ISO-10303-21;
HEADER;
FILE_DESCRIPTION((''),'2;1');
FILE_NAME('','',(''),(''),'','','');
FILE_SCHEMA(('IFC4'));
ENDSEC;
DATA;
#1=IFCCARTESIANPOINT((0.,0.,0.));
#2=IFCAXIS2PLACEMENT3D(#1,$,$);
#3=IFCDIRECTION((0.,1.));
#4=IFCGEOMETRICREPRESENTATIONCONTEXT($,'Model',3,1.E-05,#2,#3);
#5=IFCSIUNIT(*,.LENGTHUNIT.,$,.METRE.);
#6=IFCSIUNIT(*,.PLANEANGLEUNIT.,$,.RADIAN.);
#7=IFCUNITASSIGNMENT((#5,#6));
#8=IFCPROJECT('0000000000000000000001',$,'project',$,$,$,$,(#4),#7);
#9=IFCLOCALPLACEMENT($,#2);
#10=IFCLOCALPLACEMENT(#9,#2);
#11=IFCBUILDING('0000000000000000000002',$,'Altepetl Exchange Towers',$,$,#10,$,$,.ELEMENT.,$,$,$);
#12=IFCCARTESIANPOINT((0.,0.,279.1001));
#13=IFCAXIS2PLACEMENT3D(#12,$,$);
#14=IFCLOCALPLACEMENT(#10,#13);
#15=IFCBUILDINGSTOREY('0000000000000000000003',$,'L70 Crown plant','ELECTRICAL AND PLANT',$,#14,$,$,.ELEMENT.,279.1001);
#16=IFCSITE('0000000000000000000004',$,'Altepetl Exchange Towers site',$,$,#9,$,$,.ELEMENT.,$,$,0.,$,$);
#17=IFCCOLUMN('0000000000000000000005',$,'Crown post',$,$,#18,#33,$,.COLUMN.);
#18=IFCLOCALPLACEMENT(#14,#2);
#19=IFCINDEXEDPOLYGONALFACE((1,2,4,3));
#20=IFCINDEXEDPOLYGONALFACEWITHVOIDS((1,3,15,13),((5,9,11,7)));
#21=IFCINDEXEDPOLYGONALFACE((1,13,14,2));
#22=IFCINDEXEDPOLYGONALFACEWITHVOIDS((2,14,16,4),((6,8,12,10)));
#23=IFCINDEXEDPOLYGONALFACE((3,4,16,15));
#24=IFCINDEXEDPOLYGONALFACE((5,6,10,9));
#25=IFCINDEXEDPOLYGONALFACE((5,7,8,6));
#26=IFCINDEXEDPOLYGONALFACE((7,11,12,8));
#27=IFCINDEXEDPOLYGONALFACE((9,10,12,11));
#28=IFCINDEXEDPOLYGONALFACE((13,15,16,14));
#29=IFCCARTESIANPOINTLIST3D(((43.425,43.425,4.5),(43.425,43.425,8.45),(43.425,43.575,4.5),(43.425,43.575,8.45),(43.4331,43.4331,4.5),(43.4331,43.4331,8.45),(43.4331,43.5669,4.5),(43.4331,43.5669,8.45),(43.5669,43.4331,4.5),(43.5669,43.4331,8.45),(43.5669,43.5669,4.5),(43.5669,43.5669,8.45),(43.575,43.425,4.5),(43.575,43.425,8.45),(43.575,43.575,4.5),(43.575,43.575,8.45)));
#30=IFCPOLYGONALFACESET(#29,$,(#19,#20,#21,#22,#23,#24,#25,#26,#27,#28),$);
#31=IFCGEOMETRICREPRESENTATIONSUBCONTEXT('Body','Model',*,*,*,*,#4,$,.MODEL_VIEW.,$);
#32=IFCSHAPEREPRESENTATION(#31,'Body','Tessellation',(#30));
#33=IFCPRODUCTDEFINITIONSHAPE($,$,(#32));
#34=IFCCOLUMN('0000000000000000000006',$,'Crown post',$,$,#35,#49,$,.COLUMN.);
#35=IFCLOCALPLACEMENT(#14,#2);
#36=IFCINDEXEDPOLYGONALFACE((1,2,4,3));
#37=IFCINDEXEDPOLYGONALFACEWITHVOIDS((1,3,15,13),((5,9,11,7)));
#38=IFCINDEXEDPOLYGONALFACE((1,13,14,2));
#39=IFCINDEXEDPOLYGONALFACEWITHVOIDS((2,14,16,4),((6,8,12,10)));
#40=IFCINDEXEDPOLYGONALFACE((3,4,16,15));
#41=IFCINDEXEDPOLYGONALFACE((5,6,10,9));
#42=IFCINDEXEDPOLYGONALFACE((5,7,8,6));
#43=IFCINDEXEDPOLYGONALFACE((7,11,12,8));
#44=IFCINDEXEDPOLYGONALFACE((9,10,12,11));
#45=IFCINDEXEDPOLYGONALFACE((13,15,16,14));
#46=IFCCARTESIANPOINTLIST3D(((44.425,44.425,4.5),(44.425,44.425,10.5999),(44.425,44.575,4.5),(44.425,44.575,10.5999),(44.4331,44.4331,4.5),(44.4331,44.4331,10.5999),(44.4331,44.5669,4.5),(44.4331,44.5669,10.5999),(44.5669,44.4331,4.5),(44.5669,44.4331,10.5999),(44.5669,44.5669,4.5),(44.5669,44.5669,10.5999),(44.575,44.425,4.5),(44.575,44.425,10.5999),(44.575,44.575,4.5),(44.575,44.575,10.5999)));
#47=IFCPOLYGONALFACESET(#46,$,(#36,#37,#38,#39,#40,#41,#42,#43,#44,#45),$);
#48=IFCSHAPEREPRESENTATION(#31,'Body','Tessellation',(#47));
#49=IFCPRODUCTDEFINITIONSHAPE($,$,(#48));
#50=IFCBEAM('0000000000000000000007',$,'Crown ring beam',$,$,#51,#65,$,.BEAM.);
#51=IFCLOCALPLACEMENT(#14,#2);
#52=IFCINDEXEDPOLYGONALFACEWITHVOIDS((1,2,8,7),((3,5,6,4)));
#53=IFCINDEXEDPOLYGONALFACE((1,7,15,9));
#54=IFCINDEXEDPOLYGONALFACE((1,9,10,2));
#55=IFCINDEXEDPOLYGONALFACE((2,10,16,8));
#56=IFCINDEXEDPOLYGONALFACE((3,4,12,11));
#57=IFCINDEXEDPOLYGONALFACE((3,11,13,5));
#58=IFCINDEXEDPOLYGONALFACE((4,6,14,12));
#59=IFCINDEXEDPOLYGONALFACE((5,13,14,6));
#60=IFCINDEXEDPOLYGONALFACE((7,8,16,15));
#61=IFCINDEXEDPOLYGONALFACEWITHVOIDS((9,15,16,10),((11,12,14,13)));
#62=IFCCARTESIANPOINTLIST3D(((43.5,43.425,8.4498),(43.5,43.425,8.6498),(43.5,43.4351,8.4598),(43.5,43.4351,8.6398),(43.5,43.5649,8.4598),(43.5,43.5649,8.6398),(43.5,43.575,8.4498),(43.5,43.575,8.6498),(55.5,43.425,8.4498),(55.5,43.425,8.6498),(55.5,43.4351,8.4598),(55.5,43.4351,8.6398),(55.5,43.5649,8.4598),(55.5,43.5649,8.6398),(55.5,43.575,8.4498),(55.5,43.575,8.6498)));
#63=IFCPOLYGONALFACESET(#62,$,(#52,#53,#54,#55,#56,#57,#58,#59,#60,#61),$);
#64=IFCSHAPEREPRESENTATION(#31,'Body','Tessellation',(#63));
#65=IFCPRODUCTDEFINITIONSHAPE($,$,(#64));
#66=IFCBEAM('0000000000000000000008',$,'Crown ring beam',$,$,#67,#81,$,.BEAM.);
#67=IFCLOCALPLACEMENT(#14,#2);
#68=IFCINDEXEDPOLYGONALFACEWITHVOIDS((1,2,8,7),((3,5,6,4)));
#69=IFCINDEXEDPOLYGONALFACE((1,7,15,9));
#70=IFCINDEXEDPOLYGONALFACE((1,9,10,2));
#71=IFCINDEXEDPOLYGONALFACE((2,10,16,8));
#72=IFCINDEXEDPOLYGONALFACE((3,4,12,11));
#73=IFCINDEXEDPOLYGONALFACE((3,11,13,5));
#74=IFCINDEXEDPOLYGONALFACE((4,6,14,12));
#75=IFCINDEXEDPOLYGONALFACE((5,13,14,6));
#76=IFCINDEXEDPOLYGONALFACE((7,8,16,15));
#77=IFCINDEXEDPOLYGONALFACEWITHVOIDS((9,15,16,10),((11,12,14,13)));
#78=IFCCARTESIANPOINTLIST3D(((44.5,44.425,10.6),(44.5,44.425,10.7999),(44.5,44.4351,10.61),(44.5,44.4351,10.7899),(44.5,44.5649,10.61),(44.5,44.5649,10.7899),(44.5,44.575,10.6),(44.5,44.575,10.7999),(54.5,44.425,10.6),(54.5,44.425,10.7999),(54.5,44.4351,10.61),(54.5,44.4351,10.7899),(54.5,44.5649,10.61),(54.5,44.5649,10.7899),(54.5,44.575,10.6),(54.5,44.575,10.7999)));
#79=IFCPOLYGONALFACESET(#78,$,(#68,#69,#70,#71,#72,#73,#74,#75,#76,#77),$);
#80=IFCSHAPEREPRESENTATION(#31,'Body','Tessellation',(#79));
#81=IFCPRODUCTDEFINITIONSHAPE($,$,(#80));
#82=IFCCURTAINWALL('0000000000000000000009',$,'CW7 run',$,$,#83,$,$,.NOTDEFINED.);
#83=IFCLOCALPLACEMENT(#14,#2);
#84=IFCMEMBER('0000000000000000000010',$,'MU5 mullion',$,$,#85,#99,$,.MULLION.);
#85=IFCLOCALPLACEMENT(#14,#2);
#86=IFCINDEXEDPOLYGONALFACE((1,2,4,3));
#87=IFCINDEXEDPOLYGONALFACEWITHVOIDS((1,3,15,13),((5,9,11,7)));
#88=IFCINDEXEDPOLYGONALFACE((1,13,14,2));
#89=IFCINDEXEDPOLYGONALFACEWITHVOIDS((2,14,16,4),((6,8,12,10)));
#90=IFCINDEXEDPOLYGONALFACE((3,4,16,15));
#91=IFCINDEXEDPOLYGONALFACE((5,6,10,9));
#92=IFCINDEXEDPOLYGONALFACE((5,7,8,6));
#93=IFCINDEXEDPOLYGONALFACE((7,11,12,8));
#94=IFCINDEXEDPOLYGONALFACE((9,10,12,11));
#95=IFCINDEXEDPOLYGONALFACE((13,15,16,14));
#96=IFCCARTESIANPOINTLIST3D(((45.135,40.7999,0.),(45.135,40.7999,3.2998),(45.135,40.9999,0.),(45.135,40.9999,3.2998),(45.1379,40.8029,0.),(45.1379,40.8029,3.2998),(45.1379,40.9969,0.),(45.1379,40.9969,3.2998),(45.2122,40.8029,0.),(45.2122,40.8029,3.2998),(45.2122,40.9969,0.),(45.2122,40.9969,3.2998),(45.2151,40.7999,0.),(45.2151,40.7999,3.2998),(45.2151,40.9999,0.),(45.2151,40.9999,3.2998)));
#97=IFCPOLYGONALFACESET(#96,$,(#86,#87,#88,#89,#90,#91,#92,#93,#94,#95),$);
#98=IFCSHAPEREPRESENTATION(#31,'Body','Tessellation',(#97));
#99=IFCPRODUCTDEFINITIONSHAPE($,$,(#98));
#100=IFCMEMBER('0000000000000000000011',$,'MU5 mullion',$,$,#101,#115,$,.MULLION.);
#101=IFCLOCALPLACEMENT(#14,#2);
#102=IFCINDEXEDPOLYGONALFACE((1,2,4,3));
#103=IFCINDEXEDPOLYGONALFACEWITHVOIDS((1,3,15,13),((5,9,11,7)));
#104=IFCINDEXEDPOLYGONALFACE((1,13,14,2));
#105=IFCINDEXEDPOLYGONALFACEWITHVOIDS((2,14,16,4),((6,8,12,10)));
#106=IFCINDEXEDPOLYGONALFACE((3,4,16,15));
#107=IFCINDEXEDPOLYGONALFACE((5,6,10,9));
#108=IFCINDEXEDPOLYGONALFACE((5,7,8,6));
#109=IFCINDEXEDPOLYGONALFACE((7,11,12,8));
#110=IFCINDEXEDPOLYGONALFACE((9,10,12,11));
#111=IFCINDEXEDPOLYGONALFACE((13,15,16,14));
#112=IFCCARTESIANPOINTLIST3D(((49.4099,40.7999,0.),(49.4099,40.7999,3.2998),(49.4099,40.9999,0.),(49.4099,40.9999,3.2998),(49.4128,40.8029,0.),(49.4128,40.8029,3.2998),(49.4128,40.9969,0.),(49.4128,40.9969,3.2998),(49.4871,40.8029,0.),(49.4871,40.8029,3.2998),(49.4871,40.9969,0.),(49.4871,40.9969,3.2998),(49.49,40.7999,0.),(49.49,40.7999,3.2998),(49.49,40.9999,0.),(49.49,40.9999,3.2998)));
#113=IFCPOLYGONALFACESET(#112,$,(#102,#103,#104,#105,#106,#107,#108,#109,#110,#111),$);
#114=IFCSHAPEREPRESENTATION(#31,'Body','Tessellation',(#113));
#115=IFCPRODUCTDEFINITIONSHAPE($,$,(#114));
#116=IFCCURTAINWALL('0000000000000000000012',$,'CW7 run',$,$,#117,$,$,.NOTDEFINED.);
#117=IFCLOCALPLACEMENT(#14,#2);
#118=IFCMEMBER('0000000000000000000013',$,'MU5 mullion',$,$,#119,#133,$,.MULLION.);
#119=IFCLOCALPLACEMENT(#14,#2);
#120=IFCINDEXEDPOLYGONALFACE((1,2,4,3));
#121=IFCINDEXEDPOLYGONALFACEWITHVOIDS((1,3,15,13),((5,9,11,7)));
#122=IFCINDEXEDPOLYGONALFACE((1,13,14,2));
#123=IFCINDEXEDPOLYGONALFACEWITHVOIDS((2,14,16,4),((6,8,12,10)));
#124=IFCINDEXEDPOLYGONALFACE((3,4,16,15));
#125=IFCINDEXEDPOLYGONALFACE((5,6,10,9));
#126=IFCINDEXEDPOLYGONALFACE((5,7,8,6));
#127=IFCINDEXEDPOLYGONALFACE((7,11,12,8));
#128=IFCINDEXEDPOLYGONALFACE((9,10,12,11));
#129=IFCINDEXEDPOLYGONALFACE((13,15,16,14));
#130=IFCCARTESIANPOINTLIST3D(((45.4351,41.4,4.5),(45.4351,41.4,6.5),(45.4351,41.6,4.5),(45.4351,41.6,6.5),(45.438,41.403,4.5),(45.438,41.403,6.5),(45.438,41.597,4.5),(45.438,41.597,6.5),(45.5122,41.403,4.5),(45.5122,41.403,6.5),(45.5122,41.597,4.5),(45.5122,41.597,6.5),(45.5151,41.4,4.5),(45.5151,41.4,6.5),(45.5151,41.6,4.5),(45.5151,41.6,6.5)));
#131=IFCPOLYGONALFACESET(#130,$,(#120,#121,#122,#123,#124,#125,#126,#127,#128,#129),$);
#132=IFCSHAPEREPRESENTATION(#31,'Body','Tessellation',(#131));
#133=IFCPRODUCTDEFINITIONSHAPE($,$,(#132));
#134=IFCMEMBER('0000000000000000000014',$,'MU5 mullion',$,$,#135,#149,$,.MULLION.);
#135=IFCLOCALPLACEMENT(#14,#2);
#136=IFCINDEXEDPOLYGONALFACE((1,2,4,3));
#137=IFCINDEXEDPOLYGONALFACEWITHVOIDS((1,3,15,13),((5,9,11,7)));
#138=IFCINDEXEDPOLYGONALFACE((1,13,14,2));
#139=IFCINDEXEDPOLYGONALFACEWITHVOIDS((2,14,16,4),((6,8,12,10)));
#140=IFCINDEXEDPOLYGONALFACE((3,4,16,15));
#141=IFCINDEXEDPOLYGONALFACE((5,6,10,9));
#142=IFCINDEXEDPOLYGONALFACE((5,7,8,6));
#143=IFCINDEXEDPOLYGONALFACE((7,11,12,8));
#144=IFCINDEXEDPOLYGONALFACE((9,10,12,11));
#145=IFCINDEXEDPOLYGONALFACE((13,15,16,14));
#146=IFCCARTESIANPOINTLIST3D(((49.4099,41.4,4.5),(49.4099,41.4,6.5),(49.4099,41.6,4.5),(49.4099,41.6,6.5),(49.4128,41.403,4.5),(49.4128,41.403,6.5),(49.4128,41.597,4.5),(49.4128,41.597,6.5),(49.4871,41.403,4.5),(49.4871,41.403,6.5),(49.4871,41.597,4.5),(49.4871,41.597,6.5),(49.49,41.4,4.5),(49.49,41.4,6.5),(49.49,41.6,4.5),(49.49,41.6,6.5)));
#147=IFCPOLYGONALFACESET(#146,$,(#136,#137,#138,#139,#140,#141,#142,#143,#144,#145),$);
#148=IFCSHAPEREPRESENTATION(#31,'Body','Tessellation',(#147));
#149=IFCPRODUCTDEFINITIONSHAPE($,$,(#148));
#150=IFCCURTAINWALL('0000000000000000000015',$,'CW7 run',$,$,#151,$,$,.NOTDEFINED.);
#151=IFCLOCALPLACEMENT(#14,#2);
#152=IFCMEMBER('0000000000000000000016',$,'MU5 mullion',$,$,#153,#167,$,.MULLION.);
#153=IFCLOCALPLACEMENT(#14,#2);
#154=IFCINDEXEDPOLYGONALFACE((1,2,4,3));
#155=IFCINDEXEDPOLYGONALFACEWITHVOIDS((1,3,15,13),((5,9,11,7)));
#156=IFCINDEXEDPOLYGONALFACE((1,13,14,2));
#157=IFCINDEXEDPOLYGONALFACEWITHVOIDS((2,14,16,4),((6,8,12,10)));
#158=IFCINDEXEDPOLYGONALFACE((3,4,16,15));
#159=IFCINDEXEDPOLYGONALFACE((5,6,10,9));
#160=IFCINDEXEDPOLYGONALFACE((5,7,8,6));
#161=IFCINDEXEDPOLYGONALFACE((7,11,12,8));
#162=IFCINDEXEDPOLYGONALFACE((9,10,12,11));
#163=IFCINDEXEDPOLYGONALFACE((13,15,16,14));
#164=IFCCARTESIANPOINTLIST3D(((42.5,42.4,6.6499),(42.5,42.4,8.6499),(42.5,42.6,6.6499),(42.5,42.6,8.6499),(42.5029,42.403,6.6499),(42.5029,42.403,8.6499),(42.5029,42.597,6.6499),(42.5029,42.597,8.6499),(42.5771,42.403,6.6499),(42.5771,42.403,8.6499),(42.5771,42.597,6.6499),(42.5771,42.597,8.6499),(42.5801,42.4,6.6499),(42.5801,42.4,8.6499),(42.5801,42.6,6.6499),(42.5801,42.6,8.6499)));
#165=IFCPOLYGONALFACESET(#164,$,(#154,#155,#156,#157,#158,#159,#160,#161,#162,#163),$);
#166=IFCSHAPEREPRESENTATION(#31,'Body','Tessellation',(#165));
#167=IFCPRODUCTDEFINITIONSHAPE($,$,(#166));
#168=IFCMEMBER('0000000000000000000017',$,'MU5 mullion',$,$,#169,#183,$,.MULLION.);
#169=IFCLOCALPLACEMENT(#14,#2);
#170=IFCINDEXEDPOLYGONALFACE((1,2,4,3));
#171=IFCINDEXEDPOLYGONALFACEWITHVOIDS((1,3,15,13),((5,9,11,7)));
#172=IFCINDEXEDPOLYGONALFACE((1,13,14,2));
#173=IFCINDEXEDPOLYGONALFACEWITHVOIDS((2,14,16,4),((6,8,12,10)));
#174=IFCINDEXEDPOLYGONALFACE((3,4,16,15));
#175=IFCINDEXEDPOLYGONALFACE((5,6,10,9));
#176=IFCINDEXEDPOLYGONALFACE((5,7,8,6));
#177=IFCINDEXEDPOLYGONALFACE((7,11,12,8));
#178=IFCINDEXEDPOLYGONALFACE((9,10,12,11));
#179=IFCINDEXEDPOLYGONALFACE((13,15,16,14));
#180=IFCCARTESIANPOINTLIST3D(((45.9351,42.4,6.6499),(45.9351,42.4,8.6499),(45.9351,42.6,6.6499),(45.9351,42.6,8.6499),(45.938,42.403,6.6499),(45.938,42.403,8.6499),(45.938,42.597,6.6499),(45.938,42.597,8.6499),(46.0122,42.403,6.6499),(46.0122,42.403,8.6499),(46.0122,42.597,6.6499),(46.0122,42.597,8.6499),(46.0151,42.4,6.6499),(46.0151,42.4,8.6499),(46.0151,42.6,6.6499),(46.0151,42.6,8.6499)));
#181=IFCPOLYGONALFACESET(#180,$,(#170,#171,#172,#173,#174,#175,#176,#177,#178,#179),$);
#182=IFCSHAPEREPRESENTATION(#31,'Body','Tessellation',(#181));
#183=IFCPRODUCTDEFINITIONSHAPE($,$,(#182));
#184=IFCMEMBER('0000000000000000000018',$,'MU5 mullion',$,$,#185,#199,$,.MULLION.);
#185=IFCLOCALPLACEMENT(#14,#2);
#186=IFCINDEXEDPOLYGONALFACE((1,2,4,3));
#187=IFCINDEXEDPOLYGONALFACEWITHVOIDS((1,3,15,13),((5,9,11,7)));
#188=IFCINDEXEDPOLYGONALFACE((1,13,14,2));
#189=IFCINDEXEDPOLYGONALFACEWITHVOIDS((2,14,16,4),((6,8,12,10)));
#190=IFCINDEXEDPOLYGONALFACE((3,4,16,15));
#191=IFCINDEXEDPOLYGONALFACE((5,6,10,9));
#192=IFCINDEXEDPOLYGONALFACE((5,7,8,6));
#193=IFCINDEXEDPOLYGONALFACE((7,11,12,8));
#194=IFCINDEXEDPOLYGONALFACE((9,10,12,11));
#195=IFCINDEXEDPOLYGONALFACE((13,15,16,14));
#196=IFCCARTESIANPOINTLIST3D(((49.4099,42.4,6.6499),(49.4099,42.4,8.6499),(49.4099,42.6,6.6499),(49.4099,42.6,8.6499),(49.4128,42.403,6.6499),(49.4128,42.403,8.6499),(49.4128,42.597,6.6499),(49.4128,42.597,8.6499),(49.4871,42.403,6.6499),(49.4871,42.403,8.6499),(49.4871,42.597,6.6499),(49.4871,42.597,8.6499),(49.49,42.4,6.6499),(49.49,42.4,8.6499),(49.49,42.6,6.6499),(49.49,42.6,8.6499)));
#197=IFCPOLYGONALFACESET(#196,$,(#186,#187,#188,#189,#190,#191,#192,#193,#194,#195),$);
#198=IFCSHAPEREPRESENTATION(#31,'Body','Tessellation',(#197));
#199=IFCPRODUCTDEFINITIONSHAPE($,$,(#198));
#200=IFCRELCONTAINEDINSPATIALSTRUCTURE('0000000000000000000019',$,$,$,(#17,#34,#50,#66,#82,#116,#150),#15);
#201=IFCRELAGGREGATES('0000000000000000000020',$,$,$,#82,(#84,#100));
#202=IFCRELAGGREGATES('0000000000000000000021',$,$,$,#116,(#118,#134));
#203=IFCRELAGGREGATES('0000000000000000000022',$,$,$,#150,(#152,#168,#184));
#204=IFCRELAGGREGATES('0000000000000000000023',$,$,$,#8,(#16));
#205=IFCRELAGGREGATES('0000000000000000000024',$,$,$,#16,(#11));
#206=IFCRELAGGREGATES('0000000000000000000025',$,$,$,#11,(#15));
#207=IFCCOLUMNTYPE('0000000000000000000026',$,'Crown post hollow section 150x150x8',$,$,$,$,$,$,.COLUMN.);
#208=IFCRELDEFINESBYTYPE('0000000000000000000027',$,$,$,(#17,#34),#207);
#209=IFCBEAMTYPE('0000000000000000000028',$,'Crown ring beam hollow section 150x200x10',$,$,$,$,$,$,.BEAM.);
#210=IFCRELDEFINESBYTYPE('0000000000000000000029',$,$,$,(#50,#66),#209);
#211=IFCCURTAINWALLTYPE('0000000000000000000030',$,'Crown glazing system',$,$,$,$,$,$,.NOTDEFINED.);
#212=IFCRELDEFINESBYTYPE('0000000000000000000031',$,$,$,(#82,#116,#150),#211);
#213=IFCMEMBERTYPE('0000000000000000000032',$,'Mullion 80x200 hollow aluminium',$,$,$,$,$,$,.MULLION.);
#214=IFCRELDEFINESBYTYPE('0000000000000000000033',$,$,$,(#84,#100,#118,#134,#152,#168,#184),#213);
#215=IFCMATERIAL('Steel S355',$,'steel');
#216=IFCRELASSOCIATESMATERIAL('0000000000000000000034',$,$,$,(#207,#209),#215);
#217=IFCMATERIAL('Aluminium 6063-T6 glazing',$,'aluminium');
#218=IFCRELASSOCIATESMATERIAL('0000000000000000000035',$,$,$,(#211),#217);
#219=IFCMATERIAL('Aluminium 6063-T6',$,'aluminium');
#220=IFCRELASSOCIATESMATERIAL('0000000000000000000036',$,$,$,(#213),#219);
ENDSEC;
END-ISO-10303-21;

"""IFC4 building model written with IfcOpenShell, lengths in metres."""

from ifc_helpers import new_model, si_unit, direction, frame, origin, origin_2d, place, context, subcontext, project, spatial, hollow_rectangle, extrude, material, material_profile, profile_set, type_object, element, aggregate, save


model = new_model("IFC4")

# Units and contexts
model_context = context("Model", 3, precision=1e-05, world=origin(), true_north=direction((0.0, 1.0)))
body_context = subcontext(model_context, "Body", "Model", "MODEL_VIEW")
ifc_project = project(units=[si_unit("LENGTHUNIT", "METRE"), si_unit("PLANEANGLEUNIT", "RADIAN")], contexts=[model_context])

# Site, building, storey
site_placement = place(None, origin())
site = spatial("IfcSite", under=ifc_project, at=site_placement, Name="Altepetl Exchange Towers site", CompositionType="ELEMENT", RefElevation=0.0)
building_placement = place(site_placement, origin())
building = spatial("IfcBuilding", under=site, at=building_placement, Name="Altepetl Exchange Towers", CompositionType="ELEMENT")
storey_placement = place(building_placement, frame((0.0, 0.0, 279.1001)))
storey = spatial("IfcBuildingStorey", under=building, at=storey_placement, Name="L70 Crown plant", Description="ELECTRICAL AND PLANT", CompositionType="ELEMENT", Elevation=279.1001)

# Columns
ifc_material_1 = material(Name="Steel S355", Category="steel")
ifc_material_profile_1 = material_profile(ifc_material_1, hollow_rectangle(XDim=0.1499, YDim=0.1499, WallThickness=0.0081, at=origin_2d()), Name="RHS 150x150x8")
ifc_profile_set_1 = profile_set([ifc_material_profile_1], Name="Steel S355")
column_type = type_object("IfcColumnType", Name="Crown post hollow section 150x150x8", PredefinedType="COLUMN", material=ifc_profile_set_1)
column_1_placement = place(storey_placement, frame((43.5, 43.5, 4.5)))
element("IfcColumn", 1, at=column_1_placement, inside=storey, type_object=column_type, Name="Crown post", PredefinedType="COLUMN", context=body_context, shape_type="SweptSolid", body=[
    extrude(hollow_rectangle(XDim=0.1499, YDim=0.1499, WallThickness=0.0081, at=origin_2d()), origin(), (0.0, 0.0, 1.0), 3.95),
])
column_2_placement = place(storey_placement, frame((44.5, 44.5, 4.5)))
element("IfcColumn", 2, at=column_2_placement, inside=storey, type_object=column_type, Name="Crown post", PredefinedType="COLUMN", context=body_context, shape_type="SweptSolid", body=[
    extrude(hollow_rectangle(XDim=0.1499, YDim=0.1499, WallThickness=0.0081, at=origin_2d()), origin(), (0.0, 0.0, 1.0), 6.0999),
])

# Beams
ifc_material_profile_2 = material_profile(ifc_material_1, hollow_rectangle(XDim=0.1499, YDim=0.2, WallThickness=0.01, at=origin_2d()), Name="RHS 200x150x10")
ifc_profile_set_2 = profile_set([ifc_material_profile_2], Name="Steel S355")
beam_type = type_object("IfcBeamType", Name="Crown ring beam hollow section 150x200x10", PredefinedType="BEAM", material=ifc_profile_set_2)
beam_1_placement = place(storey_placement, frame((43.5, 43.5, 8.5498), z_axis=(1.0, 0.0, 0.0), x_axis=(0.0, 1.0, 0.0)))
element("IfcBeam", 3, at=beam_1_placement, inside=storey, type_object=beam_type, Name="Crown ring beam", PredefinedType="BEAM", context=body_context, shape_type="SweptSolid", body=[
    extrude(hollow_rectangle(XDim=0.1499, YDim=0.2, WallThickness=0.01, at=origin_2d()), origin(), (0.0, 0.0, 1.0), 12.0),
])
beam_2_placement = place(storey_placement, frame((44.5, 44.5, 10.7), z_axis=(1.0, 0.0, 0.0), x_axis=(0.0, 1.0, 0.0)))
element("IfcBeam", 4, at=beam_2_placement, inside=storey, type_object=beam_type, Name="Crown ring beam", PredefinedType="BEAM", context=body_context, shape_type="SweptSolid", body=[
    extrude(hollow_rectangle(XDim=0.1499, YDim=0.2, WallThickness=0.01, at=origin_2d()), origin(), (0.0, 0.0, 1.0), 10.0),
])

# Curtain walls, members
ifc_material_2 = material(Name="Aluminium 6063-T6 glazing", Category="aluminium")
curtain_wall_type = type_object("IfcCurtainWallType", Name="Crown glazing system", PredefinedType="NOTDEFINED", material=ifc_material_2)
curtain_wall_1_placement = place(storey_placement, origin())
curtain_wall_1 = element("IfcCurtainWall", 5, at=curtain_wall_1_placement, inside=storey, type_object=curtain_wall_type, Name="CW7 run", PredefinedType="NOTDEFINED")
ifc_material_3 = material(Name="Aluminium 6063-T6", Category="aluminium")
ifc_material_profile_3 = material_profile(ifc_material_3, hollow_rectangle(XDim=0.0801, YDim=0.2, WallThickness=0.0029, at=origin_2d()), Name="Mullion 80x200 hollow aluminium")
ifc_profile_set_3 = profile_set([ifc_material_profile_3], Name="Aluminium 6063-T6")
member_type = type_object("IfcMemberType", Name="Mullion 80x200 hollow aluminium", PredefinedType="MULLION", material=ifc_profile_set_3)
member_1_placement = place(storey_placement, frame((45.175, 40.8999, 0.0)))
member_1 = element("IfcMember", 6, at=member_1_placement, type_object=member_type, Name="MU5 mullion", PredefinedType="MULLION", context=body_context, shape_type="SweptSolid", body=[
    extrude(hollow_rectangle(XDim=0.0801, YDim=0.2, WallThickness=0.0029, at=origin_2d()), origin(), (0.0, 0.0, 1.0), 3.2998),
])
member_2_placement = place(storey_placement, frame((49.45, 40.8999, 0.0)))
member_2 = element("IfcMember", 7, at=member_2_placement, type_object=member_type, Name="MU5 mullion", PredefinedType="MULLION", context=body_context, shape_type="SweptSolid", body=[
    extrude(hollow_rectangle(XDim=0.0801, YDim=0.2, WallThickness=0.0029, at=origin_2d()), origin(), (0.0, 0.0, 1.0), 3.2998),
])
curtain_wall_2_placement = place(storey_placement, origin())
curtain_wall_2 = element("IfcCurtainWall", 8, at=curtain_wall_2_placement, inside=storey, type_object=curtain_wall_type, Name="CW7 run", PredefinedType="NOTDEFINED")
member_3_placement = place(storey_placement, frame((45.4751, 41.5, 4.5)))
member_3 = element("IfcMember", 9, at=member_3_placement, type_object=member_type, Name="MU5 mullion", PredefinedType="MULLION", context=body_context, shape_type="SweptSolid", body=[
    extrude(hollow_rectangle(XDim=0.0801, YDim=0.2, WallThickness=0.0029, at=origin_2d()), origin(), (0.0, 0.0, 1.0), 2.0),
])
member_4_placement = place(storey_placement, frame((49.45, 41.5, 4.5)))
member_4 = element("IfcMember", 10, at=member_4_placement, type_object=member_type, Name="MU5 mullion", PredefinedType="MULLION", context=body_context, shape_type="SweptSolid", body=[
    extrude(hollow_rectangle(XDim=0.0801, YDim=0.2, WallThickness=0.0029, at=origin_2d()), origin(), (0.0, 0.0, 1.0), 2.0),
])
curtain_wall_3_placement = place(storey_placement, origin())
curtain_wall_3 = element("IfcCurtainWall", 11, at=curtain_wall_3_placement, inside=storey, type_object=curtain_wall_type, Name="CW7 run", PredefinedType="NOTDEFINED")
member_5_placement = place(storey_placement, frame((42.54, 42.5, 6.6499)))
member_5 = element("IfcMember", 12, at=member_5_placement, type_object=member_type, Name="MU5 mullion", PredefinedType="MULLION", context=body_context, shape_type="SweptSolid", body=[
    extrude(hollow_rectangle(XDim=0.0801, YDim=0.2, WallThickness=0.0029, at=origin_2d()), origin(), (0.0, 0.0, 1.0), 2.0),
])
member_6_placement = place(storey_placement, frame((45.9751, 42.5, 6.6499)))
member_6 = element("IfcMember", 13, at=member_6_placement, type_object=member_type, Name="MU5 mullion", PredefinedType="MULLION", context=body_context, shape_type="SweptSolid", body=[
    extrude(hollow_rectangle(XDim=0.0801, YDim=0.2, WallThickness=0.0029, at=origin_2d()), origin(), (0.0, 0.0, 1.0), 2.0),
])
member_7_placement = place(storey_placement, frame((49.45, 42.5, 6.6499)))
member_7 = element("IfcMember", 14, at=member_7_placement, type_object=member_type, Name="MU5 mullion", PredefinedType="MULLION", context=body_context, shape_type="SweptSolid", body=[
    extrude(hollow_rectangle(XDim=0.0801, YDim=0.2, WallThickness=0.0029, at=origin_2d()), origin(), (0.0, 0.0, 1.0), 2.0),
])

aggregate(curtain_wall_1, [member_1, member_2])
aggregate(curtain_wall_2, [member_3, member_4])
aggregate(curtain_wall_3, [member_5, member_6, member_7])

save(model, "model.ifc")
